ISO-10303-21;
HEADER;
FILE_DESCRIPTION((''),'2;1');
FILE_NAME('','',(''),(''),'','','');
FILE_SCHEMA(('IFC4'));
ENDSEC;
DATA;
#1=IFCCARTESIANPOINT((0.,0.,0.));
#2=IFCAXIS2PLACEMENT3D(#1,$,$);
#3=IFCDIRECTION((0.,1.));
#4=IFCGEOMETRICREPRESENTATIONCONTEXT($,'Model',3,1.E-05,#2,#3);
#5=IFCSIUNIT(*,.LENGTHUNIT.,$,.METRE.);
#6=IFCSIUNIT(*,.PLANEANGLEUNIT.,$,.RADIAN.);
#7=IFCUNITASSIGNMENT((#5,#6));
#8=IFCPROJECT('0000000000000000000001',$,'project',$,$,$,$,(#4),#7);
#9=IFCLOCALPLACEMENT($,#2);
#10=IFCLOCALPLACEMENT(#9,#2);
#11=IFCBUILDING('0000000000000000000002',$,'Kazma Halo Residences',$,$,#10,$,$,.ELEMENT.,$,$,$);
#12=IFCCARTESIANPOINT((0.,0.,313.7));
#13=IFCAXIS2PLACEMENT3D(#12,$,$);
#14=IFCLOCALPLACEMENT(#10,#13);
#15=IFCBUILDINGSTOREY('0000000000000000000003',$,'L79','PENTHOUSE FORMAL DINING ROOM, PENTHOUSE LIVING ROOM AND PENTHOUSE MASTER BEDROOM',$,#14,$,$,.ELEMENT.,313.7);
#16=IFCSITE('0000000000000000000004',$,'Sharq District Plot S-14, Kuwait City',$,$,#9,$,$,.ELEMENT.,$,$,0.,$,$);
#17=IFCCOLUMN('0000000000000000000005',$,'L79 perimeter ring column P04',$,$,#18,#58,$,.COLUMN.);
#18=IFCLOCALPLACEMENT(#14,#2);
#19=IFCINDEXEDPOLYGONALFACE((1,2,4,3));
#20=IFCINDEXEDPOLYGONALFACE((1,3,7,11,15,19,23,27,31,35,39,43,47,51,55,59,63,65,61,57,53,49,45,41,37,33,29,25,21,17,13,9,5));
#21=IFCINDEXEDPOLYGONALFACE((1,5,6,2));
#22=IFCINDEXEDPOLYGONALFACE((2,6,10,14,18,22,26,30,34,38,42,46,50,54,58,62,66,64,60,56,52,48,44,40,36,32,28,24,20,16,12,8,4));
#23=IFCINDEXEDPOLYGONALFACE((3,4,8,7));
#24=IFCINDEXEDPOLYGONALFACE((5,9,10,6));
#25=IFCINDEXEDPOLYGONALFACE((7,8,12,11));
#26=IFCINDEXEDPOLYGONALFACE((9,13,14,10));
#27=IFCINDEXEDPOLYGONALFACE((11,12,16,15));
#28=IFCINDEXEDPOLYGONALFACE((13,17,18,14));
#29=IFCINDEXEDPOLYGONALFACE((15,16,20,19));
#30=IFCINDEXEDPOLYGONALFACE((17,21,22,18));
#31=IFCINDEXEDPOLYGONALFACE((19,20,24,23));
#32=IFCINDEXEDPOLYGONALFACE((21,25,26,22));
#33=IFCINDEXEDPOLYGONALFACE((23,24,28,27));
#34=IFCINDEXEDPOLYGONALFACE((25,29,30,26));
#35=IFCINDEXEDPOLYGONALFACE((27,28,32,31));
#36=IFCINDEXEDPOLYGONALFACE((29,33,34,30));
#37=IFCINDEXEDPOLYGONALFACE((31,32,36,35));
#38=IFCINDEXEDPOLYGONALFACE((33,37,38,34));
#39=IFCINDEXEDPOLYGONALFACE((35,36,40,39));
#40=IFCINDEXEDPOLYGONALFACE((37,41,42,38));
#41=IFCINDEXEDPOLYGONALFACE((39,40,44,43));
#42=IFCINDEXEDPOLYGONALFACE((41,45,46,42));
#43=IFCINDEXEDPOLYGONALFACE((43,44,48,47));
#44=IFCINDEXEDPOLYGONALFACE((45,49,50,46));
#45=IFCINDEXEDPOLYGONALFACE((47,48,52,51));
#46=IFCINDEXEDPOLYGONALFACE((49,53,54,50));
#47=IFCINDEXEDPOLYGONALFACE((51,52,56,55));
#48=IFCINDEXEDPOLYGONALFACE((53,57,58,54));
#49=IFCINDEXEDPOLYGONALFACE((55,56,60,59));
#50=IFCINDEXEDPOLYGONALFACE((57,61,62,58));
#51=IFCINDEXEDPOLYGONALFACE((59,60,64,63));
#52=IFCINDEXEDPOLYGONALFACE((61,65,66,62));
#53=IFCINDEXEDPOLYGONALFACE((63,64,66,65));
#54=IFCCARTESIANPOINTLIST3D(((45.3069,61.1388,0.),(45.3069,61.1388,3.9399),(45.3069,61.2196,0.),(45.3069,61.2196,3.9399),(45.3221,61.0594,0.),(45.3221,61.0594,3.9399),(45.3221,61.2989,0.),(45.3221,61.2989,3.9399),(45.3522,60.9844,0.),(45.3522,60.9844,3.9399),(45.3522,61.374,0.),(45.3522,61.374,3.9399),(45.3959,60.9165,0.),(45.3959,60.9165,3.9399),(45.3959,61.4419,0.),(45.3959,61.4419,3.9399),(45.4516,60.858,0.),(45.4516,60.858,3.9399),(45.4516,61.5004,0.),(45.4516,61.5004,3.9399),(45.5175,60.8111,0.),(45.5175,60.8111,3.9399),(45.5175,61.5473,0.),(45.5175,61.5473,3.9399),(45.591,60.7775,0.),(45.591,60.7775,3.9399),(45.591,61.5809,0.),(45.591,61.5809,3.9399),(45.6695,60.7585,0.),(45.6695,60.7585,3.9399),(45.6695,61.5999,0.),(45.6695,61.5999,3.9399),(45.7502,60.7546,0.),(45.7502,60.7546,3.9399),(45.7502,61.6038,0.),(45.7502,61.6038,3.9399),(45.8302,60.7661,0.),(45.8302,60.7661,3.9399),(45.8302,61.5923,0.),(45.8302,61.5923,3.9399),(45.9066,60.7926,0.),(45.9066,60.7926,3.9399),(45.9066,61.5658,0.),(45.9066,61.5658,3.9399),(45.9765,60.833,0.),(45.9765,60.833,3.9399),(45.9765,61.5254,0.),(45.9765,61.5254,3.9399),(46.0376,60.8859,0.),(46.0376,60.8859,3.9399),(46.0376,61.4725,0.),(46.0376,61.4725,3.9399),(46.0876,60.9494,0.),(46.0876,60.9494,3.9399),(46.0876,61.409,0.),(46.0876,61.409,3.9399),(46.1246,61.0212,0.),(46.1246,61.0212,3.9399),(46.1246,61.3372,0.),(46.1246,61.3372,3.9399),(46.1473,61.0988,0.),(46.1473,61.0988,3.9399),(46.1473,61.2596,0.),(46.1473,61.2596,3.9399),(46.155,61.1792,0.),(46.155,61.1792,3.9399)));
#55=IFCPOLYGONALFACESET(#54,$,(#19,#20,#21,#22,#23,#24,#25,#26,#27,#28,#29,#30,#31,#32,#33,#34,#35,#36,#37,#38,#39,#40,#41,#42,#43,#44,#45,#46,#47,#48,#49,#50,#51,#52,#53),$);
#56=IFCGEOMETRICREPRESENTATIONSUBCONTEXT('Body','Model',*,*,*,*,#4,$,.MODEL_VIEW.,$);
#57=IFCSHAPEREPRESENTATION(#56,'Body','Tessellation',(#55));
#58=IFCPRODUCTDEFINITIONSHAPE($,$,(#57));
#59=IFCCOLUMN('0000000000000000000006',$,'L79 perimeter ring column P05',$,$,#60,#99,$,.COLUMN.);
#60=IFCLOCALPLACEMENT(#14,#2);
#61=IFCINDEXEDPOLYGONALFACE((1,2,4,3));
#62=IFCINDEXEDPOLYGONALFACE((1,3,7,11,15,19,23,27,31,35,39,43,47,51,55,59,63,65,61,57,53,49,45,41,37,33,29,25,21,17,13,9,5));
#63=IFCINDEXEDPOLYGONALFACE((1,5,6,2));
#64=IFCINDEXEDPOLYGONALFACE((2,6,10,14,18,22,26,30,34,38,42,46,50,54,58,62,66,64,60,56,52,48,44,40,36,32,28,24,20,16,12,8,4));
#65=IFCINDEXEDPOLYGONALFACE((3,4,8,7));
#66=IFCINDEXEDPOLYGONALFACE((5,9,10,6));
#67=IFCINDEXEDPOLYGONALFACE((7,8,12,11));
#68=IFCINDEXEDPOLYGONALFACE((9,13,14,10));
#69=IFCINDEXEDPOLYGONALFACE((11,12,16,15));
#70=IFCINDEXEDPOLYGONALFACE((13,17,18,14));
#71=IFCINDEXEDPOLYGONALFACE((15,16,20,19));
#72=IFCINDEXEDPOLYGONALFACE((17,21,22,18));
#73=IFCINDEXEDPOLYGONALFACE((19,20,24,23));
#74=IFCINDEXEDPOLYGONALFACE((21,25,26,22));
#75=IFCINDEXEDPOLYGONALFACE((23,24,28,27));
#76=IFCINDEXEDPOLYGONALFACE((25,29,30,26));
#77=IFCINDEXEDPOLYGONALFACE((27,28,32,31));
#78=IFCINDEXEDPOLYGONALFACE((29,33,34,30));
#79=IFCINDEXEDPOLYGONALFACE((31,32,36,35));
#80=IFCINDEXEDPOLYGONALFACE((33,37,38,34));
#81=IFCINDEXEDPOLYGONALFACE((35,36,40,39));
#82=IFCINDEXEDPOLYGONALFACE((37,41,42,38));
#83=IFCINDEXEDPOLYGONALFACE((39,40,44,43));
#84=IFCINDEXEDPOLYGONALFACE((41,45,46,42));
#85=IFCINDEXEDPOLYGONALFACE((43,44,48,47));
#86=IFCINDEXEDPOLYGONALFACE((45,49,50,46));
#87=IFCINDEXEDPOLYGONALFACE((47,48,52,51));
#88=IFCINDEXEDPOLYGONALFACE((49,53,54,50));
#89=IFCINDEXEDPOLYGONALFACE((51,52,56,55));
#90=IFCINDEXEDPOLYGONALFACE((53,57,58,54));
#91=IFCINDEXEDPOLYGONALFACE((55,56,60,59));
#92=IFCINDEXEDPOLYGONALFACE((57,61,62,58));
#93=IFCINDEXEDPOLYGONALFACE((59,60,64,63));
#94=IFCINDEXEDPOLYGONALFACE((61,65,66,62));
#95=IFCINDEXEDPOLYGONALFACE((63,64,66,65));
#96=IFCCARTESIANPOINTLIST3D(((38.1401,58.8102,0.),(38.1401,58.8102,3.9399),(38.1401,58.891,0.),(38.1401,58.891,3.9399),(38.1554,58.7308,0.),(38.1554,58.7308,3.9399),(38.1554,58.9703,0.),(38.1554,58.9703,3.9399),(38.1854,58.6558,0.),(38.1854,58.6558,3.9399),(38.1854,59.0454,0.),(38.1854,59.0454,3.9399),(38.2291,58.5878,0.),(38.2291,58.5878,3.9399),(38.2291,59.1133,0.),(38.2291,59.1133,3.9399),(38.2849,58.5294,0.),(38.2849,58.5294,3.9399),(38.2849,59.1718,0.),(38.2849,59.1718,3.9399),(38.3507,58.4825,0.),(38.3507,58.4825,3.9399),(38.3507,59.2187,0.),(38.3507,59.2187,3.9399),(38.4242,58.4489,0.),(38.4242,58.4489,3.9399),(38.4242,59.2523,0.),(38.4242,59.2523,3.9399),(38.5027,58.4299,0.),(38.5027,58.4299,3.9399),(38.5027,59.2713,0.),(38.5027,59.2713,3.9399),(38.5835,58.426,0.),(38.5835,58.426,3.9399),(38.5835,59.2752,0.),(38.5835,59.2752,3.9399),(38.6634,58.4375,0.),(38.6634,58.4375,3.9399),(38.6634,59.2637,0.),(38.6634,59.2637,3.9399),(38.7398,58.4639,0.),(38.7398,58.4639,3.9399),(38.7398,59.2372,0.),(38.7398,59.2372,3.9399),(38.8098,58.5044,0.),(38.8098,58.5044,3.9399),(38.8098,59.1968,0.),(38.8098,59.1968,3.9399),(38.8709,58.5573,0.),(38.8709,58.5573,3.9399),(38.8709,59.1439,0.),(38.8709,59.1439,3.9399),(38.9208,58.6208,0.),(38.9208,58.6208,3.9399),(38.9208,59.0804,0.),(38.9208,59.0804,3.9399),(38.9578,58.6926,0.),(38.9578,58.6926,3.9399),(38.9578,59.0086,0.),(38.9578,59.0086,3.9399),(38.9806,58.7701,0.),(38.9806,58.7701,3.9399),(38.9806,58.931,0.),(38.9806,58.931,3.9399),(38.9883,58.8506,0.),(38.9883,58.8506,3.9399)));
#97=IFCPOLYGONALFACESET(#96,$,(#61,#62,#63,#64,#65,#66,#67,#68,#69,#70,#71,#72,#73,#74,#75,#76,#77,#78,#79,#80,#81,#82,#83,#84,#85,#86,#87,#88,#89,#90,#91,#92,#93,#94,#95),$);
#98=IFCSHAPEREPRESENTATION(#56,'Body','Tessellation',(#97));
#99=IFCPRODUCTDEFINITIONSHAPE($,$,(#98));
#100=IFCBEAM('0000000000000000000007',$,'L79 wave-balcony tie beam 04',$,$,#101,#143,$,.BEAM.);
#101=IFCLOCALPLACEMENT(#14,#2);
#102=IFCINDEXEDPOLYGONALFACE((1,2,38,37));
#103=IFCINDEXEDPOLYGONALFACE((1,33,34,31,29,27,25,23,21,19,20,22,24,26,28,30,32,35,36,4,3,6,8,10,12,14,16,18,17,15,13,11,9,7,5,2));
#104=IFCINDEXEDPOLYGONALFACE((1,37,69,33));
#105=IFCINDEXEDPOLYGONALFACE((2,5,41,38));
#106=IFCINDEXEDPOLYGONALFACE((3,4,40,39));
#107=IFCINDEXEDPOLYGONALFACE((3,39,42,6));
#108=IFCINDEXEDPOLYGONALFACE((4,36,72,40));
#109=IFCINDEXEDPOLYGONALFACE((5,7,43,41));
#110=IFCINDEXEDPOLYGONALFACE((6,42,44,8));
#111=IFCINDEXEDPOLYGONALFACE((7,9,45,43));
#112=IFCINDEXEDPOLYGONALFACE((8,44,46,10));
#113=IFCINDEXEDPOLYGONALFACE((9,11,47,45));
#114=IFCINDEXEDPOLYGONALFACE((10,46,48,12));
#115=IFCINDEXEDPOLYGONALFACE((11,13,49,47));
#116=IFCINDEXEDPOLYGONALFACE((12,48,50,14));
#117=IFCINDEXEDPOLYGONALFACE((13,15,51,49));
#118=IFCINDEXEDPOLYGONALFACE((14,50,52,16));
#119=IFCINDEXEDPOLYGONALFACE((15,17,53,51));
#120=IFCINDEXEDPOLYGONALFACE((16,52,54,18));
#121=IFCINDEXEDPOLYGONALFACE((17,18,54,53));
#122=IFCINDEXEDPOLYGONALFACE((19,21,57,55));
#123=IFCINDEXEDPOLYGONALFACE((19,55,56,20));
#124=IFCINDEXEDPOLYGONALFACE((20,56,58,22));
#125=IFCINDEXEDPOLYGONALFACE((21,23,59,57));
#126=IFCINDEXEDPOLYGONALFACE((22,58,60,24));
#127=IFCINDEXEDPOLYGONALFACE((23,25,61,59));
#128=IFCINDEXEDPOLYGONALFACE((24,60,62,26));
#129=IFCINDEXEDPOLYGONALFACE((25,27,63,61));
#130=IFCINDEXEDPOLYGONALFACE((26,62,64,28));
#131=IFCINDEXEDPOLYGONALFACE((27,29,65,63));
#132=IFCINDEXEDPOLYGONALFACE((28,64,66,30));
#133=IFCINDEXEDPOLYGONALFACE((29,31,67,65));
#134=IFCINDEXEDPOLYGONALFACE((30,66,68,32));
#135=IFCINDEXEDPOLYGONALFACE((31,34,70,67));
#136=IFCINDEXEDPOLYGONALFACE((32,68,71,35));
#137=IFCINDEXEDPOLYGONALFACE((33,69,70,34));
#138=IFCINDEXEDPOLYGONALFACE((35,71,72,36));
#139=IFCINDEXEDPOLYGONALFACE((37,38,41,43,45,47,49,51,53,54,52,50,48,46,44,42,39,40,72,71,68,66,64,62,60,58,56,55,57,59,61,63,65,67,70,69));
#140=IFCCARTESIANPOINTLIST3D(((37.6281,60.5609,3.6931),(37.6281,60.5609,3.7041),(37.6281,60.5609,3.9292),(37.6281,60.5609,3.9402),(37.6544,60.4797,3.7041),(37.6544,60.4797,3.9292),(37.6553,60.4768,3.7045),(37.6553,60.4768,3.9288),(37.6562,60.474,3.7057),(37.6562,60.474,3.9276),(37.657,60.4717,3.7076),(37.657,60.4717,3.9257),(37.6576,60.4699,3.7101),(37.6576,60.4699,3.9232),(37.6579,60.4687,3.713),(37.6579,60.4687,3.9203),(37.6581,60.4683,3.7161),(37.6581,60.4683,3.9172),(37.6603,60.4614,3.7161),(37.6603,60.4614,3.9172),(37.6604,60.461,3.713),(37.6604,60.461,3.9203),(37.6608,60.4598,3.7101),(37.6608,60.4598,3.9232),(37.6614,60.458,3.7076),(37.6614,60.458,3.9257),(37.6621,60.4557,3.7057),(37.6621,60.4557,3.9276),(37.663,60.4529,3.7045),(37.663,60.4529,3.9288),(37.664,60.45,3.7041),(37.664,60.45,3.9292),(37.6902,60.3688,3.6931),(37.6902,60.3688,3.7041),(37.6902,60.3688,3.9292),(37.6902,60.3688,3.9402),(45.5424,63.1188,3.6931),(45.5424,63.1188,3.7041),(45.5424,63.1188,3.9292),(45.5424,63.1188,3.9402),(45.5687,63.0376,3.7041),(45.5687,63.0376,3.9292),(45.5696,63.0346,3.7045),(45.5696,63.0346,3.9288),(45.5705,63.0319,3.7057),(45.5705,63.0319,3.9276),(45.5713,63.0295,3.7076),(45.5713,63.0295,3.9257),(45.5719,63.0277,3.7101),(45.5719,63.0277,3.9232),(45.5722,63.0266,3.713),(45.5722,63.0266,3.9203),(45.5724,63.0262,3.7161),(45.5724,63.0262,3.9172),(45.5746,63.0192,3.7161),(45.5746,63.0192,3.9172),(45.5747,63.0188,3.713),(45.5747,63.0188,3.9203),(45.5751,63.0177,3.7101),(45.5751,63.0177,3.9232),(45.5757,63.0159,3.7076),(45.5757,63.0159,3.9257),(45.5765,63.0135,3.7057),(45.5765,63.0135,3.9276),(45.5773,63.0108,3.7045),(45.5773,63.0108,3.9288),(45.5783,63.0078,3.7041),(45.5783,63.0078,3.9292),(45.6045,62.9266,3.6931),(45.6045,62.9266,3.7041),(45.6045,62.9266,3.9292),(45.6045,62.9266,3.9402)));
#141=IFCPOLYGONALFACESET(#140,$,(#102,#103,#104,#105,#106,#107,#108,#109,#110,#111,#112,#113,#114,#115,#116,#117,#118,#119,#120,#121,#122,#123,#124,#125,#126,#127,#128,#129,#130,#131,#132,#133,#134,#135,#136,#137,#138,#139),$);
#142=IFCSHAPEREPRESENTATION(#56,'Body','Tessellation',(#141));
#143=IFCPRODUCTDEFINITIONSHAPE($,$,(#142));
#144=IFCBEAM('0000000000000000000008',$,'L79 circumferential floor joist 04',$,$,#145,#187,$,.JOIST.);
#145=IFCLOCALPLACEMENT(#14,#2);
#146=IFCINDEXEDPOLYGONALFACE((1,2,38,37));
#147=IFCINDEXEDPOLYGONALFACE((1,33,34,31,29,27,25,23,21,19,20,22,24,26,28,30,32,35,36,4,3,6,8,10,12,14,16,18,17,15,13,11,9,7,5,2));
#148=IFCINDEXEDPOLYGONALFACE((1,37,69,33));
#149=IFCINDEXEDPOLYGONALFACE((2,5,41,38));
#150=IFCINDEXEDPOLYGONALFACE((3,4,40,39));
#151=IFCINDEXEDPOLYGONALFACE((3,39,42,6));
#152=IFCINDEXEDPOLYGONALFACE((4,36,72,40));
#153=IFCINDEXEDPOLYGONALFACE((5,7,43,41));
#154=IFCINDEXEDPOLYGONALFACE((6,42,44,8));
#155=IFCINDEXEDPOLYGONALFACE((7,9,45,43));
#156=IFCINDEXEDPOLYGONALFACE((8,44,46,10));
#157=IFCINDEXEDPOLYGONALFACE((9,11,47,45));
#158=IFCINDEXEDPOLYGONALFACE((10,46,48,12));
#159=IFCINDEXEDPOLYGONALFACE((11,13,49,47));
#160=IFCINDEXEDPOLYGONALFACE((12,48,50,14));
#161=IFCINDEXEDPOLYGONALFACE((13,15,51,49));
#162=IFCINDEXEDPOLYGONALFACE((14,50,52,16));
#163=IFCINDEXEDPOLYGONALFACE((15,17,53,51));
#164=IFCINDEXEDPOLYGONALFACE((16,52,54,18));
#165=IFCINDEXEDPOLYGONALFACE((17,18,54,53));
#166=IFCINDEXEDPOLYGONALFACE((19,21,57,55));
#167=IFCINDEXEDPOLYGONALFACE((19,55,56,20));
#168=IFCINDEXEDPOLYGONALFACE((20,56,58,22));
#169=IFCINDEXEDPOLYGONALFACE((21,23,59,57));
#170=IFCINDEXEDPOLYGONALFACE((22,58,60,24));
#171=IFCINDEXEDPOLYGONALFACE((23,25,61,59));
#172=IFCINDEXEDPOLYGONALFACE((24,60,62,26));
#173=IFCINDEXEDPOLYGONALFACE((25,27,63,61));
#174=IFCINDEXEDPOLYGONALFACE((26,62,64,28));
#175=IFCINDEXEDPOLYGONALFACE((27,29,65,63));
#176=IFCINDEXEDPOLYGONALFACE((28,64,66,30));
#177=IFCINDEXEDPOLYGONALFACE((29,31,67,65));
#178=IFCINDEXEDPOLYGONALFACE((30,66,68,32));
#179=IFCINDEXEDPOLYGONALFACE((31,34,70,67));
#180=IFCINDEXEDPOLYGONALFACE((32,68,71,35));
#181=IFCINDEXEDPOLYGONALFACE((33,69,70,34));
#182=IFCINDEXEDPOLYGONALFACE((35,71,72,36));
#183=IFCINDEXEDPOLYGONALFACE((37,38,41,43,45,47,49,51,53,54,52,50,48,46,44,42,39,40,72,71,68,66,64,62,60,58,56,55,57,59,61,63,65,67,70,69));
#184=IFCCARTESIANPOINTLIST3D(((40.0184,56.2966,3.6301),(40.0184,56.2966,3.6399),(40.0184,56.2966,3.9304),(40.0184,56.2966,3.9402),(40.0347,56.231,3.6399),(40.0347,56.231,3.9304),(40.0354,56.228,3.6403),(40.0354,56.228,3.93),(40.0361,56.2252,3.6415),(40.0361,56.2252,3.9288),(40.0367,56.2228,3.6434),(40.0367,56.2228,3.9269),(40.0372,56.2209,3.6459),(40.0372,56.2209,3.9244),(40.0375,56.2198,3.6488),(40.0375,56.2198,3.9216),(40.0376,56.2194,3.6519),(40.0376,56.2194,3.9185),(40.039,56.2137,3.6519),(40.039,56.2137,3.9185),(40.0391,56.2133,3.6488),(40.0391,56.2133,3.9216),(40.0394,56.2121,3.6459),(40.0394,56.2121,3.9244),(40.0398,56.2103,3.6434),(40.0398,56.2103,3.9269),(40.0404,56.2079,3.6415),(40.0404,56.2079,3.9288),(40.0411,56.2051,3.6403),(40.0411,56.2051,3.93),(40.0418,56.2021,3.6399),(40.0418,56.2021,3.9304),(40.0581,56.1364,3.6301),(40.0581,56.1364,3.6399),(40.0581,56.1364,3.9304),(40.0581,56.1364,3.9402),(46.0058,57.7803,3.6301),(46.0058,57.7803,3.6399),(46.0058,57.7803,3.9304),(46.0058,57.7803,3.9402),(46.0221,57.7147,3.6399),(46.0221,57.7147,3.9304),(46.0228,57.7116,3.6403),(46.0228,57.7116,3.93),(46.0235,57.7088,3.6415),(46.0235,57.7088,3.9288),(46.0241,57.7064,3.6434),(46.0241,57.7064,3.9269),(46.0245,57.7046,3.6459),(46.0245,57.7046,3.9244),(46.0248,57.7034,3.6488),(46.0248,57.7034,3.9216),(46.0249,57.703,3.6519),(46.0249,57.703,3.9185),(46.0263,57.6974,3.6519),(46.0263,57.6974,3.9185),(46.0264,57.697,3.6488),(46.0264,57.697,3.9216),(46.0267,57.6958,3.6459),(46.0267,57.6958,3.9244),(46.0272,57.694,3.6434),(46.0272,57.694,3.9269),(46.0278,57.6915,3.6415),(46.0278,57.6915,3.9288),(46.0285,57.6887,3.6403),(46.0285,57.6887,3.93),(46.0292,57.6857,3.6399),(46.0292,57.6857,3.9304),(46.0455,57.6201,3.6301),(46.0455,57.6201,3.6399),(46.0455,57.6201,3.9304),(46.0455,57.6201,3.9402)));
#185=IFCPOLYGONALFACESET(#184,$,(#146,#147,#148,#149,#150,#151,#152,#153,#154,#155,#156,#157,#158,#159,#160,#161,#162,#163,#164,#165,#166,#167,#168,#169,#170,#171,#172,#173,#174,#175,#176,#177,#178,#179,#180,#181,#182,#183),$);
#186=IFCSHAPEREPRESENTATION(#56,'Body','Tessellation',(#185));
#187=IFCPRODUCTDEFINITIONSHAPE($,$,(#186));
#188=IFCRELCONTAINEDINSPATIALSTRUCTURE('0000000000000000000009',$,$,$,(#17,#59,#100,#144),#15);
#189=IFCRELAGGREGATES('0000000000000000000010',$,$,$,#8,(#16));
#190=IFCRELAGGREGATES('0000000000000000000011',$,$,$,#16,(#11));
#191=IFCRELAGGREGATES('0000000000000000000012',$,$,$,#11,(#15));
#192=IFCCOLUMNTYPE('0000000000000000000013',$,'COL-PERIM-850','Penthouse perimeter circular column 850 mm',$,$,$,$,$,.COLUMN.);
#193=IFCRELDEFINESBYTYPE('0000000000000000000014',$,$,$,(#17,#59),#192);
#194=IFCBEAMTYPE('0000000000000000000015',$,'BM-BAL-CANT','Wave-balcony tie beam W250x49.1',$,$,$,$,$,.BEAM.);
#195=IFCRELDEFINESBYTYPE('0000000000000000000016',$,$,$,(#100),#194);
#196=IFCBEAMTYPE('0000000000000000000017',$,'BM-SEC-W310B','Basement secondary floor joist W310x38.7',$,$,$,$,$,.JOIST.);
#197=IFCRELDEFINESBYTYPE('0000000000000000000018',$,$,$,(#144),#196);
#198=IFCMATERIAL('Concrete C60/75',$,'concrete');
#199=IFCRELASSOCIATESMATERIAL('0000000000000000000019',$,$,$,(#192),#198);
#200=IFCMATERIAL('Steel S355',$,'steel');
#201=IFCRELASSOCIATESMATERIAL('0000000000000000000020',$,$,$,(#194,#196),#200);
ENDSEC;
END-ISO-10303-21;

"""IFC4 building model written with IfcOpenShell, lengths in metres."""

from ifc_helpers import new_model, si_unit, direction, frame, origin, origin_2d, place, context, subcontext, project, spatial, circle, i_section, extrude, material, material_profile, profile_set, type_object, element, save


model = new_model("IFC4")

# Units and contexts
model_context = context("Model", 3, precision=1e-05, world=origin(), true_north=direction((0.0, 1.0)))
body_context = subcontext(model_context, "Body", "Model", "MODEL_VIEW")
ifc_project = project(units=[si_unit("LENGTHUNIT", "METRE"), si_unit("PLANEANGLEUNIT", "RADIAN")], contexts=[model_context])

# Site, building, storey
site_placement = place(None, origin())
site = spatial("IfcSite", under=ifc_project, at=site_placement, Name="Sharq District Plot S-14, Kuwait City", CompositionType="ELEMENT", RefElevation=0.0)
building_placement = place(site_placement, origin())
building = spatial("IfcBuilding", under=site, at=building_placement, Name="Kazma Halo Residences", CompositionType="ELEMENT")
storey_placement = place(building_placement, frame((0.0, 0.0, 313.7)))
storey = spatial("IfcBuildingStorey", under=building, at=storey_placement, Name="L79", Description="PENTHOUSE FORMAL DINING ROOM, PENTHOUSE LIVING ROOM AND PENTHOUSE MASTER BEDROOM", CompositionType="ELEMENT", Elevation=313.7)

# Columns
ifc_material_1 = material(Name="Concrete C60/75", Category="concrete")
ifc_material_profile_1 = material_profile(ifc_material_1, circle(Radius=0.425, at=origin_2d()), Name="CIRC850")
ifc_profile_set_1 = profile_set([ifc_material_profile_1], Name="Concrete C60/75")
column_type = type_object("IfcColumnType", Name="COL-PERIM-850", Description="Penthouse perimeter circular column 850 mm", PredefinedType="COLUMN", material=ifc_profile_set_1)
for number, where, z_axis, x_axis, name in (
    (1, (45.73, 61.1792, 0.0), (0.0, 0.0, 1.0), (1.0, 0.0, 0.0), "L79 perimeter ring column P04"),
    (2, (38.5632, 58.8506, 0.0), (0.0, 0.0, 1.0), (1.0, 0.0, 0.0), "L79 perimeter ring column P05"),
):
    element("IfcColumn", number, at=place(storey_placement, frame(where, z_axis=z_axis, x_axis=x_axis)), inside=storey, type_object=column_type, Name=name, PredefinedType="COLUMN", context=body_context, shape_type="SweptSolid", body=[
        extrude(circle(Radius=0.425, at=origin_2d()), origin(), (0.0, 0.0, 1.0), 3.9399),
    ])

# Beams
ifc_material_2 = material(Name="Steel S355", Category="steel")
ifc_material_profile_2 = material_profile(ifc_material_2, i_section(OverallWidth=0.2019, OverallDepth=0.2471, WebThickness=0.0073, FlangeThickness=0.011, FilletRadius=0.012, at=origin_2d()), Name="W250x49.1")
ifc_profile_set_2 = profile_set([ifc_material_profile_2], Name="Steel S355")
beam_type_1 = type_object("IfcBeamType", Name="BM-BAL-CANT", Description="Wave-balcony tie beam W250x49.1", PredefinedType="BEAM", material=ifc_profile_set_2)
beam_1_placement = place(storey_placement, frame((45.5735, 63.0227, 3.8167), z_axis=(-0.951538, -0.307532, 0.0), x_axis=(0.307532, -0.951538, 0.0)))
element("IfcBeam", 3, at=beam_1_placement, inside=storey, type_object=beam_type_1, Name="L79 wave-balcony tie beam 04", PredefinedType="BEAM", context=body_context, shape_type="SweptSolid", body=[
    extrude(i_section(OverallWidth=0.2019, OverallDepth=0.2471, WebThickness=0.0073, FlangeThickness=0.011, FilletRadius=0.012, at=origin_2d()), origin(), (0.0, 0.0, 1.0), 8.3174),
])
ifc_material_profile_3 = material_profile(ifc_material_2, i_section(OverallWidth=0.165, OverallDepth=0.3101, WebThickness=0.0059, FlangeThickness=0.0098, FilletRadius=0.012, at=origin_2d()), Name="W310x38.7")
ifc_profile_set_3 = profile_set([ifc_material_profile_3], Name="Steel S355")
beam_type_2 = type_object("IfcBeamType", Name="BM-SEC-W310B", Description="Basement secondary floor joist W310x38.7", PredefinedType="JOIST", material=ifc_profile_set_3)
beam_2_placement = place(storey_placement, frame((46.0256, 57.7002, 3.7852), z_axis=(-0.970643, -0.240524, 0.0), x_axis=(0.240524, -0.970643, 0.0)))
element("IfcBeam", 4, at=beam_2_placement, inside=storey, type_object=beam_type_2, Name="L79 circumferential floor joist 04", PredefinedType="JOIST", context=body_context, shape_type="SweptSolid", body=[
    extrude(i_section(OverallWidth=0.165, OverallDepth=0.3101, WebThickness=0.0059, FlangeThickness=0.0098, FilletRadius=0.012, at=origin_2d()), origin(), (0.0, 0.0, 1.0), 6.1685),
])

save(model, "model.ifc")
